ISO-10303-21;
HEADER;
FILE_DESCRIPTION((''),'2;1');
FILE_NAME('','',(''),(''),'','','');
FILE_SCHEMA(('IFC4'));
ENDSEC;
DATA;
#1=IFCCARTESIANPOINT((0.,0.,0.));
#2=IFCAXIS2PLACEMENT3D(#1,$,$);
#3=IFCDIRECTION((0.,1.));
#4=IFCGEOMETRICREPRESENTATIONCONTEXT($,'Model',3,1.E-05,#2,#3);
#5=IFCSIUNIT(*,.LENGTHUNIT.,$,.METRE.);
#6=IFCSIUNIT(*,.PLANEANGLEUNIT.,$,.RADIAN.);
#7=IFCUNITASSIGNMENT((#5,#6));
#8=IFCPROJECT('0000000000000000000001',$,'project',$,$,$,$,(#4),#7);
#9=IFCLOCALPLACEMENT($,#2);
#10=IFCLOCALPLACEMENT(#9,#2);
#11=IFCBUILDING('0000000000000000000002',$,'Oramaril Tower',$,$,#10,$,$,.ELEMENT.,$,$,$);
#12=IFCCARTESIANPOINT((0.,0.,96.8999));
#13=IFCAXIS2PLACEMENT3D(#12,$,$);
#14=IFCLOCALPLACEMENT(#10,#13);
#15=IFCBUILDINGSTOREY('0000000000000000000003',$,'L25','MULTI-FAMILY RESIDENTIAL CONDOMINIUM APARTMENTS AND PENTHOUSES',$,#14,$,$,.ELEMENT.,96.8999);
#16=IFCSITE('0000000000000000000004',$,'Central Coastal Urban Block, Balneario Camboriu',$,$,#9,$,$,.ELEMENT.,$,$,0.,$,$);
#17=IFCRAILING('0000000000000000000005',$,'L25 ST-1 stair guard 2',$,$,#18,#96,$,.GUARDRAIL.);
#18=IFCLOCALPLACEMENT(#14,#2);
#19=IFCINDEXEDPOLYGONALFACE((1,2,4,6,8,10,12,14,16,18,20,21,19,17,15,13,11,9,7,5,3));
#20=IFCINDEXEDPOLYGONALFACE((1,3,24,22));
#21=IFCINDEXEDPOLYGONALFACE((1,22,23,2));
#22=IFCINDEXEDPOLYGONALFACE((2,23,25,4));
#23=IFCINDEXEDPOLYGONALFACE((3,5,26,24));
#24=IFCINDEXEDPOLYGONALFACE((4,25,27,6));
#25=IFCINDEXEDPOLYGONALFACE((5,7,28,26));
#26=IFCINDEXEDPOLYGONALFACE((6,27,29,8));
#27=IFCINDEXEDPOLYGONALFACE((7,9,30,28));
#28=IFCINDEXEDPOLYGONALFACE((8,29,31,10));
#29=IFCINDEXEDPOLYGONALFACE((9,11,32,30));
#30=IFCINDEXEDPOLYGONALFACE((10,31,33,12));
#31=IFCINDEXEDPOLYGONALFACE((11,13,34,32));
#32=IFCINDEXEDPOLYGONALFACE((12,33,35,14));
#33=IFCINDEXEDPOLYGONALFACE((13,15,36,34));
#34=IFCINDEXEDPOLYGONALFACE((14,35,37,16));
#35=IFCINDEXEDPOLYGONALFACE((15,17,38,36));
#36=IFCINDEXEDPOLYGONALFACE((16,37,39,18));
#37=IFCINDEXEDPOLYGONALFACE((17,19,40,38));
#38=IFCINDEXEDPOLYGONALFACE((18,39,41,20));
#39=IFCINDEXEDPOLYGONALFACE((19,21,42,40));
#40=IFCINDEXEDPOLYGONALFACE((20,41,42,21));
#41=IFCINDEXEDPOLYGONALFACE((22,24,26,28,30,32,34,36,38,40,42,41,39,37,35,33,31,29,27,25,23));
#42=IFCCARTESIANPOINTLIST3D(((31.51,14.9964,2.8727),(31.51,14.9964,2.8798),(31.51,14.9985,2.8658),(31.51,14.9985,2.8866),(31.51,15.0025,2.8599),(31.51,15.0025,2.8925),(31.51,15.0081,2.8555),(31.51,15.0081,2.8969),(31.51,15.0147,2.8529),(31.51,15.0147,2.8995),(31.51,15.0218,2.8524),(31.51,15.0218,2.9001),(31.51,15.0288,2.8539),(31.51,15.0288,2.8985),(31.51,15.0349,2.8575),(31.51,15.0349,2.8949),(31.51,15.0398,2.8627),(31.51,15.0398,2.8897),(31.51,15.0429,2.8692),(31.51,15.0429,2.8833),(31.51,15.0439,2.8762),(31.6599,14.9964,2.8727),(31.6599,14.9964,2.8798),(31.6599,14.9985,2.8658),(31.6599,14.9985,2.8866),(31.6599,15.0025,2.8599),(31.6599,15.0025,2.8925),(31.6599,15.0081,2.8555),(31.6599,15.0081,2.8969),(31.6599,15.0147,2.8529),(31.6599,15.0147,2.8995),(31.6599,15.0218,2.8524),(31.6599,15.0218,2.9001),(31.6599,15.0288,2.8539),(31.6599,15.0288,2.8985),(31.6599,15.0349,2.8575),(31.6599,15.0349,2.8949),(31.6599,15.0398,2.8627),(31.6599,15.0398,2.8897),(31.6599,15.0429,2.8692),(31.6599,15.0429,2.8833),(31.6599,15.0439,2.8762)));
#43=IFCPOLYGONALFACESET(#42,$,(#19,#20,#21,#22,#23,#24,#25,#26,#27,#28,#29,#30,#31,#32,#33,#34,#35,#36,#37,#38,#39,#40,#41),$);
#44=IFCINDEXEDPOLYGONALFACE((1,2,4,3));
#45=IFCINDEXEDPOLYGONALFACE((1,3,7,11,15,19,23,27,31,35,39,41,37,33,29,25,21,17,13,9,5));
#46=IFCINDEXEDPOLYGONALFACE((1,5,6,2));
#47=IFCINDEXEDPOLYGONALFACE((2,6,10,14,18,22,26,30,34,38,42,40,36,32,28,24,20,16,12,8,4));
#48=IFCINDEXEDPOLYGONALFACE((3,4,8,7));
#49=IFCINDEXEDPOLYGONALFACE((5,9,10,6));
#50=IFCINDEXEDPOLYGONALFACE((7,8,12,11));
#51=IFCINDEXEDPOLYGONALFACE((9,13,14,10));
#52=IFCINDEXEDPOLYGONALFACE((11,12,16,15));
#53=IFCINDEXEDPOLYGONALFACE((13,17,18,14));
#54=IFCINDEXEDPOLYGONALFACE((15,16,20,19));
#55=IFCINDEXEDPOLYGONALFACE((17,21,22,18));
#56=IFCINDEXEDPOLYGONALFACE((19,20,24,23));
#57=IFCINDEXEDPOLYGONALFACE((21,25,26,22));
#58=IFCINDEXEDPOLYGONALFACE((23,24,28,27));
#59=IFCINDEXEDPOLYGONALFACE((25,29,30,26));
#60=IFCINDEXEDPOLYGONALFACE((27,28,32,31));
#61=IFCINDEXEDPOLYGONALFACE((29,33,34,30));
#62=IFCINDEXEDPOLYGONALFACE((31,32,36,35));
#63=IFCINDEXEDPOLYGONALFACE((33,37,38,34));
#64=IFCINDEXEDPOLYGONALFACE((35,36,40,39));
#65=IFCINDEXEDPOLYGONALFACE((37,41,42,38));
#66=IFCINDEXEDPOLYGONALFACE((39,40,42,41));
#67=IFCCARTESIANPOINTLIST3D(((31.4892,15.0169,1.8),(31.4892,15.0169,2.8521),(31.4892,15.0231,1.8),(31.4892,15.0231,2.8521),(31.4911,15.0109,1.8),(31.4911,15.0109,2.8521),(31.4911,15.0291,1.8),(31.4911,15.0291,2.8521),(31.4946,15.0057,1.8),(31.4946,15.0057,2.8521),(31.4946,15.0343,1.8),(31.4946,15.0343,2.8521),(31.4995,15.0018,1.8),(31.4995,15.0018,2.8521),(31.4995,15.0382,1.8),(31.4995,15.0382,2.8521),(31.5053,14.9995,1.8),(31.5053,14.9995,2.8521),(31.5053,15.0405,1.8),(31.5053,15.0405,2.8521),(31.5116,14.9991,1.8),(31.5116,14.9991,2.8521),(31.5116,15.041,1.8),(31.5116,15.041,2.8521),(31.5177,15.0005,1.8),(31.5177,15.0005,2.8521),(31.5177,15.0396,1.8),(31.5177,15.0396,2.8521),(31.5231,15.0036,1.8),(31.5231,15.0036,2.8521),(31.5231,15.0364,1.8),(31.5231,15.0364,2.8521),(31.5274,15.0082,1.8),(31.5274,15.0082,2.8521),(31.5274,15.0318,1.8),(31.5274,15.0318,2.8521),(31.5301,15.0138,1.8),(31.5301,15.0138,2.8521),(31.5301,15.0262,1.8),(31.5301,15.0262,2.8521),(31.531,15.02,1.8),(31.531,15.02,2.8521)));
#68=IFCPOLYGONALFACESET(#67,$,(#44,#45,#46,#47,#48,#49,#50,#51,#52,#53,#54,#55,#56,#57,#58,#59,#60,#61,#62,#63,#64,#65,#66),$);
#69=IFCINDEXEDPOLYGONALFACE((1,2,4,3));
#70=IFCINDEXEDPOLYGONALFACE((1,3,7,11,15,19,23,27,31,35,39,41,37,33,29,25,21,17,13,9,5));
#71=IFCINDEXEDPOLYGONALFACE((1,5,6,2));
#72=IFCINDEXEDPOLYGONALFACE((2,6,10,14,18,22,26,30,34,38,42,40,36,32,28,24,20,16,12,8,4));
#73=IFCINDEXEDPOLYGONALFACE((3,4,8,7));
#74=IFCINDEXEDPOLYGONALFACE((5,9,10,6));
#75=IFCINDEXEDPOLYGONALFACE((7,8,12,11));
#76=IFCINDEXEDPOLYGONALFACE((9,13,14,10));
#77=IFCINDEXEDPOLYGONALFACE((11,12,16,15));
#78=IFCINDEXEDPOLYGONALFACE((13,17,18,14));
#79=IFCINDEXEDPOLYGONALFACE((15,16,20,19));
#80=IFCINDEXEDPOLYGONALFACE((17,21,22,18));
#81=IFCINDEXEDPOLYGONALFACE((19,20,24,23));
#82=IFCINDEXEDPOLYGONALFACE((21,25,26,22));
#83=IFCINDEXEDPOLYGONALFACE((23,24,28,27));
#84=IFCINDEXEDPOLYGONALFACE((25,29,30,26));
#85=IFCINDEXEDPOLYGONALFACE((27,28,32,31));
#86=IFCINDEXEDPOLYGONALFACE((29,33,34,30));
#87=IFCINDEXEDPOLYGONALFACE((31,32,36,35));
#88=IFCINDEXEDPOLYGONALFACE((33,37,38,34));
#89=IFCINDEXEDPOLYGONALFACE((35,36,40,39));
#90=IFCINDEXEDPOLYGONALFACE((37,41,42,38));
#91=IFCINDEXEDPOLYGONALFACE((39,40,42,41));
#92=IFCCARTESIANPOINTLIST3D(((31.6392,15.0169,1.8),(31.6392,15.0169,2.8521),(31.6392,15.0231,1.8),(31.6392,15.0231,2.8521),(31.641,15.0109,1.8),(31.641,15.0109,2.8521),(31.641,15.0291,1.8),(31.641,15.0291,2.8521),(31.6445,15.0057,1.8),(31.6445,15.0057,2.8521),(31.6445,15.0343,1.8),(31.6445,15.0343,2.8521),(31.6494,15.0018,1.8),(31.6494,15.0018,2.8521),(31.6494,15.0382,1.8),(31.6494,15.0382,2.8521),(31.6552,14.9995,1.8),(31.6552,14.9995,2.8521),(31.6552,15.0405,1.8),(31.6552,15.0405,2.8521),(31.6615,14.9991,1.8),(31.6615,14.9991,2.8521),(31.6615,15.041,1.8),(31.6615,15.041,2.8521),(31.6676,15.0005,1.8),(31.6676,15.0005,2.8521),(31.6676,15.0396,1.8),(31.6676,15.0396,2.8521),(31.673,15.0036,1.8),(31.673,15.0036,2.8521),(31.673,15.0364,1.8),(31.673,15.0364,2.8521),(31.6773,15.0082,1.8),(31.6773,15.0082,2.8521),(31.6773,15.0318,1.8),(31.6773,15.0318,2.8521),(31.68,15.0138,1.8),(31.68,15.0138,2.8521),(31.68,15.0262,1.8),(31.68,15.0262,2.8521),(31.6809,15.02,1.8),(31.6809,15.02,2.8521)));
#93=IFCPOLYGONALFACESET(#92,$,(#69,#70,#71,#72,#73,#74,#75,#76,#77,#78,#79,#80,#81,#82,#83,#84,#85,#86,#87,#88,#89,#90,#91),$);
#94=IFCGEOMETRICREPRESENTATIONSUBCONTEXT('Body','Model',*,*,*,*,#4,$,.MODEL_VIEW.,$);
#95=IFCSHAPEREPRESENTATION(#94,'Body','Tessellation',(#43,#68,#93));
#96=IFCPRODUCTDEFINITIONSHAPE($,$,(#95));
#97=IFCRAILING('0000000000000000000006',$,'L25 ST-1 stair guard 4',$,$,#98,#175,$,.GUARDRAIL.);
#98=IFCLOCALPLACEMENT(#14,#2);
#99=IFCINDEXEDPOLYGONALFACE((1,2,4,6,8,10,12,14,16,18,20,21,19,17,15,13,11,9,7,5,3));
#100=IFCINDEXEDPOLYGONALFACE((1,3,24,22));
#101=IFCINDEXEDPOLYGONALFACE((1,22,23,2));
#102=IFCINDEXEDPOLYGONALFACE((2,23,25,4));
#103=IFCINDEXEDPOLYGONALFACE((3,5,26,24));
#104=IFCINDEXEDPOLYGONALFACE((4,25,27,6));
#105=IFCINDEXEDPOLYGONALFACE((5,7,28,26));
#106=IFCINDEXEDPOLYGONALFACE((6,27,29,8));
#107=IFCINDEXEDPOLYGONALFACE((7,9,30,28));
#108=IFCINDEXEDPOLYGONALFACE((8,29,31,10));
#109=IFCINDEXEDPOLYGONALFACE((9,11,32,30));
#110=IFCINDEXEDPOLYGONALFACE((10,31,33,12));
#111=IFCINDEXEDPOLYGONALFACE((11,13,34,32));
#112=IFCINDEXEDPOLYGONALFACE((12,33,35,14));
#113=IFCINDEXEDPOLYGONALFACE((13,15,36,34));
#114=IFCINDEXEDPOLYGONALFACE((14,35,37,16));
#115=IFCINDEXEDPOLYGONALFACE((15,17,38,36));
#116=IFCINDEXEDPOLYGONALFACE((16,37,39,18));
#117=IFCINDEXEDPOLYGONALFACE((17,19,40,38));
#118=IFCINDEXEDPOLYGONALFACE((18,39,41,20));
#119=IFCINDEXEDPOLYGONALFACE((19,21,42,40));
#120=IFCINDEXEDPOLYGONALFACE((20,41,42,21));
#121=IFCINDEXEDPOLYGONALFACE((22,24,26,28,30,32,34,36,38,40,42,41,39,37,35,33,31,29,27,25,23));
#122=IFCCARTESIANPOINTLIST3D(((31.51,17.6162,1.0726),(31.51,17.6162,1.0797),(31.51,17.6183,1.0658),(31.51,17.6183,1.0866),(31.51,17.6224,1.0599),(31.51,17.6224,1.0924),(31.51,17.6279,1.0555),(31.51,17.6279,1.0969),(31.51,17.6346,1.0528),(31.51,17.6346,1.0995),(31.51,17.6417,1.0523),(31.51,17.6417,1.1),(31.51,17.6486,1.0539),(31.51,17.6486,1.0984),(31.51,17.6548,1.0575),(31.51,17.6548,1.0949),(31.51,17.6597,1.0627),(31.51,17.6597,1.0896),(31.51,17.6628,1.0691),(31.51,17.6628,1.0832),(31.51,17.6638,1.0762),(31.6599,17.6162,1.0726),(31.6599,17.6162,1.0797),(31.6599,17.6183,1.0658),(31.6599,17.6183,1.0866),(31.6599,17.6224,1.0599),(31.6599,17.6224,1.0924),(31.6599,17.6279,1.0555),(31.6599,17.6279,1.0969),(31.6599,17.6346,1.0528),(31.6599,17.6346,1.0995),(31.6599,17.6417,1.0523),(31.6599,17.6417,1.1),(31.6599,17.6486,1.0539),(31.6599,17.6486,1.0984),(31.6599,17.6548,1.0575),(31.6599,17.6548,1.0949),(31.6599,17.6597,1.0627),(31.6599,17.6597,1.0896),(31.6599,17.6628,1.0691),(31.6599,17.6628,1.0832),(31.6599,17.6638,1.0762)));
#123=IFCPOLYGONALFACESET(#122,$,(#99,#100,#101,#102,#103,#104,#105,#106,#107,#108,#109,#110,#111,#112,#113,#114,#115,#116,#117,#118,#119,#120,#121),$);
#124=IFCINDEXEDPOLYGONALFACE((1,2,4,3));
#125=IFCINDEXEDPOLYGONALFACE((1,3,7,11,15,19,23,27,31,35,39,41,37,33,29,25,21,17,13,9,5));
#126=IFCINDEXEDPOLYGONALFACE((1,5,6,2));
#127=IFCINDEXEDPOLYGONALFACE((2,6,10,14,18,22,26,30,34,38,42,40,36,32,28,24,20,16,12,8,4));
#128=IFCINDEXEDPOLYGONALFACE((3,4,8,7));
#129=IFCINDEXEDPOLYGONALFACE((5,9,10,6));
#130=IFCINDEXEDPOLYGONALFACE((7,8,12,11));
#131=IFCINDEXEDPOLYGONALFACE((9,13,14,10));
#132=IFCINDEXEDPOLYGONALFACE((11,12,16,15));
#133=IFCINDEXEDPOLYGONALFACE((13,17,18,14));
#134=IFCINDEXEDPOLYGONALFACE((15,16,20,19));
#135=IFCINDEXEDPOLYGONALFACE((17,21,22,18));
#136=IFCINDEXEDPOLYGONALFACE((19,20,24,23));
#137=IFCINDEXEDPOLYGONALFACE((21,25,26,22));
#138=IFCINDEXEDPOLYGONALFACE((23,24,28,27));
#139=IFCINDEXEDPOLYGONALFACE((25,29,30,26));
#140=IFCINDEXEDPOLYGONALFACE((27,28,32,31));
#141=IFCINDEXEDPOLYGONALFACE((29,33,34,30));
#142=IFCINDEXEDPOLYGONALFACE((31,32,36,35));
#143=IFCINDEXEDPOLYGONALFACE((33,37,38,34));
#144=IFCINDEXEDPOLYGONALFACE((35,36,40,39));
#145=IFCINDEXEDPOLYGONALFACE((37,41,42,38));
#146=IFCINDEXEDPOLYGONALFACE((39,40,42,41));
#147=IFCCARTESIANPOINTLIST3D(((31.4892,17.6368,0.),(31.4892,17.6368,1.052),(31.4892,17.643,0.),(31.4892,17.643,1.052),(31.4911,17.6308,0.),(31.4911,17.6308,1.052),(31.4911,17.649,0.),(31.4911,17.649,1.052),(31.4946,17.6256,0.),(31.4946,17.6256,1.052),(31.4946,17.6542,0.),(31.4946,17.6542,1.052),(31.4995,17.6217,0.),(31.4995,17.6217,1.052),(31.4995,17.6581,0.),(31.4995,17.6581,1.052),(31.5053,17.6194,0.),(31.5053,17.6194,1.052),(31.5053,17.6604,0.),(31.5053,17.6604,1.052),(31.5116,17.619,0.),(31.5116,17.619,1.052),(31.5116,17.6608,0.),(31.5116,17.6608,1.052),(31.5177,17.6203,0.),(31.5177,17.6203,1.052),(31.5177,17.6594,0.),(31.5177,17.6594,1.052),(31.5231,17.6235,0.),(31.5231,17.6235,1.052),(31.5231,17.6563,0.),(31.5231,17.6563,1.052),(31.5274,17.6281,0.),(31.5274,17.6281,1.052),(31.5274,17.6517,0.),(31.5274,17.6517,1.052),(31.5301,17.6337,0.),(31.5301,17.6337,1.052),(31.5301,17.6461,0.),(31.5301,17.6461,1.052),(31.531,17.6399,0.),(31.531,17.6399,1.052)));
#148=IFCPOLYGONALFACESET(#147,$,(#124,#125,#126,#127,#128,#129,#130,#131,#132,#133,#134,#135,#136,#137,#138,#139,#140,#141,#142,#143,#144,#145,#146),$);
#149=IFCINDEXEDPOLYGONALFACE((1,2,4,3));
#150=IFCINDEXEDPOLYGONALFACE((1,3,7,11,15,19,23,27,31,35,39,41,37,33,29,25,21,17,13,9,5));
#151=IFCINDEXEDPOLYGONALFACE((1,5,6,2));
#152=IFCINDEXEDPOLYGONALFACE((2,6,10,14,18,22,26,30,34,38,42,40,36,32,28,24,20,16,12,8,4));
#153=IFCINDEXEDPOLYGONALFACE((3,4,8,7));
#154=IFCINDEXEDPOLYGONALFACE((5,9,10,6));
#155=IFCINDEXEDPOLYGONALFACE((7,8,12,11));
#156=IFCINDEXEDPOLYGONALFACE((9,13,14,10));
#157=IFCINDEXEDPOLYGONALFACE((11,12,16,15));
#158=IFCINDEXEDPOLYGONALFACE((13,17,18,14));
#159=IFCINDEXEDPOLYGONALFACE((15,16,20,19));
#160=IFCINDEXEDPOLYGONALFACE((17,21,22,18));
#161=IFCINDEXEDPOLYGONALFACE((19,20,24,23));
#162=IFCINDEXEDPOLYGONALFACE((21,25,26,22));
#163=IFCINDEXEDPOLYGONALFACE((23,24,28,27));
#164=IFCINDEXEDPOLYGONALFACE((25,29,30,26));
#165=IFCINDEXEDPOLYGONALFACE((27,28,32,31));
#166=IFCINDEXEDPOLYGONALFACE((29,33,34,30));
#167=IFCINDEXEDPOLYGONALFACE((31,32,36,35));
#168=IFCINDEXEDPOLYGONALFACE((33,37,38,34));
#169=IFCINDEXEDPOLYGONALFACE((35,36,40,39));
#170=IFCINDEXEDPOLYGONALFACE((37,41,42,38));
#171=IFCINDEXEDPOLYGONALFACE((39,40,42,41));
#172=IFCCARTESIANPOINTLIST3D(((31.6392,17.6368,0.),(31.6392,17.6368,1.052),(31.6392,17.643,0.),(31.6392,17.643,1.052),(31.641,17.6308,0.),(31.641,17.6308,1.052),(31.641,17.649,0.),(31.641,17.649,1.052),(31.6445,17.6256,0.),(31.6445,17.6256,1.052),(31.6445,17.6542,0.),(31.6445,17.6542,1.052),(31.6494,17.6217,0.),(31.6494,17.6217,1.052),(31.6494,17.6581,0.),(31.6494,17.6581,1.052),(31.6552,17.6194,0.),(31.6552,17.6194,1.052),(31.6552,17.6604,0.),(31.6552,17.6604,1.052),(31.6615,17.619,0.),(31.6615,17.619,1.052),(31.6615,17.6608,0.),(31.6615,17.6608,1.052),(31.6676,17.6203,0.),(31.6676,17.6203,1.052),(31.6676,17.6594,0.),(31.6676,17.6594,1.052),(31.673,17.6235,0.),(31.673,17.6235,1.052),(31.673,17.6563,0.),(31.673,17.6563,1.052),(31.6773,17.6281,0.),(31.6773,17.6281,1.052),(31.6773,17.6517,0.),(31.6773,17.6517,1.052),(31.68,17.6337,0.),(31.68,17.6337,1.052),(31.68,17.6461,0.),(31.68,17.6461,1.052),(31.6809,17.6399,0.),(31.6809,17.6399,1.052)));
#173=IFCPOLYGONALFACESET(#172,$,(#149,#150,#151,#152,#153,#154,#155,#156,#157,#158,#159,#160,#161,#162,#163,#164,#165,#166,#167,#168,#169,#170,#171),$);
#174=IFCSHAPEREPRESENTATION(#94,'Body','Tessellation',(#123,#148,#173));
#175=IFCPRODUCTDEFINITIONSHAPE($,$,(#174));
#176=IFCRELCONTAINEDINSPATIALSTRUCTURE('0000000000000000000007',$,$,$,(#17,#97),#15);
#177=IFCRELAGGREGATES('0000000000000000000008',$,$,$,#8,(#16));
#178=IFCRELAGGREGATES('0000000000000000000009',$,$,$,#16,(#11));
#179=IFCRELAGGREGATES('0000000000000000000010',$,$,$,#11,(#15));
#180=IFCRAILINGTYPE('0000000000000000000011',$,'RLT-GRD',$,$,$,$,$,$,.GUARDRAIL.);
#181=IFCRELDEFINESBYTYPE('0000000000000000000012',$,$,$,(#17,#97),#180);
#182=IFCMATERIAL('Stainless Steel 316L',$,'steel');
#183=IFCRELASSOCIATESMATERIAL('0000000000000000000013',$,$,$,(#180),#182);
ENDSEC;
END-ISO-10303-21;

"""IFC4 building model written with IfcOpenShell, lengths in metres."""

from ifc_helpers import new_model, si_unit, direction, frame, origin, origin_2d, place, context, subcontext, project, spatial, circle, extrude, material, type_object, element, save


model = new_model("IFC4")

# Units and contexts
model_context = context("Model", 3, precision=1e-05, world=origin(), true_north=direction((0.0, 1.0)))
body_context = subcontext(model_context, "Body", "Model", "MODEL_VIEW")
ifc_project = project(units=[si_unit("LENGTHUNIT", "METRE"), si_unit("PLANEANGLEUNIT", "RADIAN")], contexts=[model_context])

# Site, building, storey
site_placement = place(None, origin())
site = spatial("IfcSite", under=ifc_project, at=site_placement, Name="Central Coastal Urban Block, Balneario Camboriu", CompositionType="ELEMENT", RefElevation=0.0)
building_placement = place(site_placement, origin())
building = spatial("IfcBuilding", under=site, at=building_placement, Name="Oramaril Tower", CompositionType="ELEMENT")
storey_placement = place(building_placement, frame((0.0, 0.0, 96.8999)))
storey = spatial("IfcBuildingStorey", under=building, at=storey_placement, Name="L25", Description="MULTI-FAMILY RESIDENTIAL CONDOMINIUM APARTMENTS AND PENTHOUSES", CompositionType="ELEMENT", Elevation=96.8999)

# Railings
ifc_material_1 = material(Name="Stainless Steel 316L", Category="steel")
railing_type_1 = type_object("IfcRailingType", Name="RLT-GRD", PredefinedType="GUARDRAIL", material=ifc_material_1)
for number, where, name in (
    (1, (31.51, 15.02, 1.8), "L25 ST-1 stair guard 2"),
    (2, (31.51, 17.6399, 0.0), "L25 ST-1 stair guard 4"),
):
    element("IfcRailing", number, at=place(storey_placement, frame(where)), inside=storey, type_object=railing_type_1, Name=name, PredefinedType="GUARDRAIL", context=body_context, shape_type="SweptSolid", body=[
        extrude(circle(Radius=0.0239, at=origin_2d()), frame((0.0, 0.0, 1.0762), z_axis=(1.0, 0.0, 0.0), x_axis=(0.0, 1.0, 0.0)), (0.0, 0.0, 1.0), 0.1499),
        extrude(circle(Radius=0.021, at=origin_2d()), origin(), (0.0, 0.0, 1.0), 1.052),
        extrude(circle(Radius=0.021, at=origin_2d()), frame((0.1499, 0.0, 0.0)), (0.0, 0.0, 1.0), 1.052),
    ])

save(model, "model.ifc")
